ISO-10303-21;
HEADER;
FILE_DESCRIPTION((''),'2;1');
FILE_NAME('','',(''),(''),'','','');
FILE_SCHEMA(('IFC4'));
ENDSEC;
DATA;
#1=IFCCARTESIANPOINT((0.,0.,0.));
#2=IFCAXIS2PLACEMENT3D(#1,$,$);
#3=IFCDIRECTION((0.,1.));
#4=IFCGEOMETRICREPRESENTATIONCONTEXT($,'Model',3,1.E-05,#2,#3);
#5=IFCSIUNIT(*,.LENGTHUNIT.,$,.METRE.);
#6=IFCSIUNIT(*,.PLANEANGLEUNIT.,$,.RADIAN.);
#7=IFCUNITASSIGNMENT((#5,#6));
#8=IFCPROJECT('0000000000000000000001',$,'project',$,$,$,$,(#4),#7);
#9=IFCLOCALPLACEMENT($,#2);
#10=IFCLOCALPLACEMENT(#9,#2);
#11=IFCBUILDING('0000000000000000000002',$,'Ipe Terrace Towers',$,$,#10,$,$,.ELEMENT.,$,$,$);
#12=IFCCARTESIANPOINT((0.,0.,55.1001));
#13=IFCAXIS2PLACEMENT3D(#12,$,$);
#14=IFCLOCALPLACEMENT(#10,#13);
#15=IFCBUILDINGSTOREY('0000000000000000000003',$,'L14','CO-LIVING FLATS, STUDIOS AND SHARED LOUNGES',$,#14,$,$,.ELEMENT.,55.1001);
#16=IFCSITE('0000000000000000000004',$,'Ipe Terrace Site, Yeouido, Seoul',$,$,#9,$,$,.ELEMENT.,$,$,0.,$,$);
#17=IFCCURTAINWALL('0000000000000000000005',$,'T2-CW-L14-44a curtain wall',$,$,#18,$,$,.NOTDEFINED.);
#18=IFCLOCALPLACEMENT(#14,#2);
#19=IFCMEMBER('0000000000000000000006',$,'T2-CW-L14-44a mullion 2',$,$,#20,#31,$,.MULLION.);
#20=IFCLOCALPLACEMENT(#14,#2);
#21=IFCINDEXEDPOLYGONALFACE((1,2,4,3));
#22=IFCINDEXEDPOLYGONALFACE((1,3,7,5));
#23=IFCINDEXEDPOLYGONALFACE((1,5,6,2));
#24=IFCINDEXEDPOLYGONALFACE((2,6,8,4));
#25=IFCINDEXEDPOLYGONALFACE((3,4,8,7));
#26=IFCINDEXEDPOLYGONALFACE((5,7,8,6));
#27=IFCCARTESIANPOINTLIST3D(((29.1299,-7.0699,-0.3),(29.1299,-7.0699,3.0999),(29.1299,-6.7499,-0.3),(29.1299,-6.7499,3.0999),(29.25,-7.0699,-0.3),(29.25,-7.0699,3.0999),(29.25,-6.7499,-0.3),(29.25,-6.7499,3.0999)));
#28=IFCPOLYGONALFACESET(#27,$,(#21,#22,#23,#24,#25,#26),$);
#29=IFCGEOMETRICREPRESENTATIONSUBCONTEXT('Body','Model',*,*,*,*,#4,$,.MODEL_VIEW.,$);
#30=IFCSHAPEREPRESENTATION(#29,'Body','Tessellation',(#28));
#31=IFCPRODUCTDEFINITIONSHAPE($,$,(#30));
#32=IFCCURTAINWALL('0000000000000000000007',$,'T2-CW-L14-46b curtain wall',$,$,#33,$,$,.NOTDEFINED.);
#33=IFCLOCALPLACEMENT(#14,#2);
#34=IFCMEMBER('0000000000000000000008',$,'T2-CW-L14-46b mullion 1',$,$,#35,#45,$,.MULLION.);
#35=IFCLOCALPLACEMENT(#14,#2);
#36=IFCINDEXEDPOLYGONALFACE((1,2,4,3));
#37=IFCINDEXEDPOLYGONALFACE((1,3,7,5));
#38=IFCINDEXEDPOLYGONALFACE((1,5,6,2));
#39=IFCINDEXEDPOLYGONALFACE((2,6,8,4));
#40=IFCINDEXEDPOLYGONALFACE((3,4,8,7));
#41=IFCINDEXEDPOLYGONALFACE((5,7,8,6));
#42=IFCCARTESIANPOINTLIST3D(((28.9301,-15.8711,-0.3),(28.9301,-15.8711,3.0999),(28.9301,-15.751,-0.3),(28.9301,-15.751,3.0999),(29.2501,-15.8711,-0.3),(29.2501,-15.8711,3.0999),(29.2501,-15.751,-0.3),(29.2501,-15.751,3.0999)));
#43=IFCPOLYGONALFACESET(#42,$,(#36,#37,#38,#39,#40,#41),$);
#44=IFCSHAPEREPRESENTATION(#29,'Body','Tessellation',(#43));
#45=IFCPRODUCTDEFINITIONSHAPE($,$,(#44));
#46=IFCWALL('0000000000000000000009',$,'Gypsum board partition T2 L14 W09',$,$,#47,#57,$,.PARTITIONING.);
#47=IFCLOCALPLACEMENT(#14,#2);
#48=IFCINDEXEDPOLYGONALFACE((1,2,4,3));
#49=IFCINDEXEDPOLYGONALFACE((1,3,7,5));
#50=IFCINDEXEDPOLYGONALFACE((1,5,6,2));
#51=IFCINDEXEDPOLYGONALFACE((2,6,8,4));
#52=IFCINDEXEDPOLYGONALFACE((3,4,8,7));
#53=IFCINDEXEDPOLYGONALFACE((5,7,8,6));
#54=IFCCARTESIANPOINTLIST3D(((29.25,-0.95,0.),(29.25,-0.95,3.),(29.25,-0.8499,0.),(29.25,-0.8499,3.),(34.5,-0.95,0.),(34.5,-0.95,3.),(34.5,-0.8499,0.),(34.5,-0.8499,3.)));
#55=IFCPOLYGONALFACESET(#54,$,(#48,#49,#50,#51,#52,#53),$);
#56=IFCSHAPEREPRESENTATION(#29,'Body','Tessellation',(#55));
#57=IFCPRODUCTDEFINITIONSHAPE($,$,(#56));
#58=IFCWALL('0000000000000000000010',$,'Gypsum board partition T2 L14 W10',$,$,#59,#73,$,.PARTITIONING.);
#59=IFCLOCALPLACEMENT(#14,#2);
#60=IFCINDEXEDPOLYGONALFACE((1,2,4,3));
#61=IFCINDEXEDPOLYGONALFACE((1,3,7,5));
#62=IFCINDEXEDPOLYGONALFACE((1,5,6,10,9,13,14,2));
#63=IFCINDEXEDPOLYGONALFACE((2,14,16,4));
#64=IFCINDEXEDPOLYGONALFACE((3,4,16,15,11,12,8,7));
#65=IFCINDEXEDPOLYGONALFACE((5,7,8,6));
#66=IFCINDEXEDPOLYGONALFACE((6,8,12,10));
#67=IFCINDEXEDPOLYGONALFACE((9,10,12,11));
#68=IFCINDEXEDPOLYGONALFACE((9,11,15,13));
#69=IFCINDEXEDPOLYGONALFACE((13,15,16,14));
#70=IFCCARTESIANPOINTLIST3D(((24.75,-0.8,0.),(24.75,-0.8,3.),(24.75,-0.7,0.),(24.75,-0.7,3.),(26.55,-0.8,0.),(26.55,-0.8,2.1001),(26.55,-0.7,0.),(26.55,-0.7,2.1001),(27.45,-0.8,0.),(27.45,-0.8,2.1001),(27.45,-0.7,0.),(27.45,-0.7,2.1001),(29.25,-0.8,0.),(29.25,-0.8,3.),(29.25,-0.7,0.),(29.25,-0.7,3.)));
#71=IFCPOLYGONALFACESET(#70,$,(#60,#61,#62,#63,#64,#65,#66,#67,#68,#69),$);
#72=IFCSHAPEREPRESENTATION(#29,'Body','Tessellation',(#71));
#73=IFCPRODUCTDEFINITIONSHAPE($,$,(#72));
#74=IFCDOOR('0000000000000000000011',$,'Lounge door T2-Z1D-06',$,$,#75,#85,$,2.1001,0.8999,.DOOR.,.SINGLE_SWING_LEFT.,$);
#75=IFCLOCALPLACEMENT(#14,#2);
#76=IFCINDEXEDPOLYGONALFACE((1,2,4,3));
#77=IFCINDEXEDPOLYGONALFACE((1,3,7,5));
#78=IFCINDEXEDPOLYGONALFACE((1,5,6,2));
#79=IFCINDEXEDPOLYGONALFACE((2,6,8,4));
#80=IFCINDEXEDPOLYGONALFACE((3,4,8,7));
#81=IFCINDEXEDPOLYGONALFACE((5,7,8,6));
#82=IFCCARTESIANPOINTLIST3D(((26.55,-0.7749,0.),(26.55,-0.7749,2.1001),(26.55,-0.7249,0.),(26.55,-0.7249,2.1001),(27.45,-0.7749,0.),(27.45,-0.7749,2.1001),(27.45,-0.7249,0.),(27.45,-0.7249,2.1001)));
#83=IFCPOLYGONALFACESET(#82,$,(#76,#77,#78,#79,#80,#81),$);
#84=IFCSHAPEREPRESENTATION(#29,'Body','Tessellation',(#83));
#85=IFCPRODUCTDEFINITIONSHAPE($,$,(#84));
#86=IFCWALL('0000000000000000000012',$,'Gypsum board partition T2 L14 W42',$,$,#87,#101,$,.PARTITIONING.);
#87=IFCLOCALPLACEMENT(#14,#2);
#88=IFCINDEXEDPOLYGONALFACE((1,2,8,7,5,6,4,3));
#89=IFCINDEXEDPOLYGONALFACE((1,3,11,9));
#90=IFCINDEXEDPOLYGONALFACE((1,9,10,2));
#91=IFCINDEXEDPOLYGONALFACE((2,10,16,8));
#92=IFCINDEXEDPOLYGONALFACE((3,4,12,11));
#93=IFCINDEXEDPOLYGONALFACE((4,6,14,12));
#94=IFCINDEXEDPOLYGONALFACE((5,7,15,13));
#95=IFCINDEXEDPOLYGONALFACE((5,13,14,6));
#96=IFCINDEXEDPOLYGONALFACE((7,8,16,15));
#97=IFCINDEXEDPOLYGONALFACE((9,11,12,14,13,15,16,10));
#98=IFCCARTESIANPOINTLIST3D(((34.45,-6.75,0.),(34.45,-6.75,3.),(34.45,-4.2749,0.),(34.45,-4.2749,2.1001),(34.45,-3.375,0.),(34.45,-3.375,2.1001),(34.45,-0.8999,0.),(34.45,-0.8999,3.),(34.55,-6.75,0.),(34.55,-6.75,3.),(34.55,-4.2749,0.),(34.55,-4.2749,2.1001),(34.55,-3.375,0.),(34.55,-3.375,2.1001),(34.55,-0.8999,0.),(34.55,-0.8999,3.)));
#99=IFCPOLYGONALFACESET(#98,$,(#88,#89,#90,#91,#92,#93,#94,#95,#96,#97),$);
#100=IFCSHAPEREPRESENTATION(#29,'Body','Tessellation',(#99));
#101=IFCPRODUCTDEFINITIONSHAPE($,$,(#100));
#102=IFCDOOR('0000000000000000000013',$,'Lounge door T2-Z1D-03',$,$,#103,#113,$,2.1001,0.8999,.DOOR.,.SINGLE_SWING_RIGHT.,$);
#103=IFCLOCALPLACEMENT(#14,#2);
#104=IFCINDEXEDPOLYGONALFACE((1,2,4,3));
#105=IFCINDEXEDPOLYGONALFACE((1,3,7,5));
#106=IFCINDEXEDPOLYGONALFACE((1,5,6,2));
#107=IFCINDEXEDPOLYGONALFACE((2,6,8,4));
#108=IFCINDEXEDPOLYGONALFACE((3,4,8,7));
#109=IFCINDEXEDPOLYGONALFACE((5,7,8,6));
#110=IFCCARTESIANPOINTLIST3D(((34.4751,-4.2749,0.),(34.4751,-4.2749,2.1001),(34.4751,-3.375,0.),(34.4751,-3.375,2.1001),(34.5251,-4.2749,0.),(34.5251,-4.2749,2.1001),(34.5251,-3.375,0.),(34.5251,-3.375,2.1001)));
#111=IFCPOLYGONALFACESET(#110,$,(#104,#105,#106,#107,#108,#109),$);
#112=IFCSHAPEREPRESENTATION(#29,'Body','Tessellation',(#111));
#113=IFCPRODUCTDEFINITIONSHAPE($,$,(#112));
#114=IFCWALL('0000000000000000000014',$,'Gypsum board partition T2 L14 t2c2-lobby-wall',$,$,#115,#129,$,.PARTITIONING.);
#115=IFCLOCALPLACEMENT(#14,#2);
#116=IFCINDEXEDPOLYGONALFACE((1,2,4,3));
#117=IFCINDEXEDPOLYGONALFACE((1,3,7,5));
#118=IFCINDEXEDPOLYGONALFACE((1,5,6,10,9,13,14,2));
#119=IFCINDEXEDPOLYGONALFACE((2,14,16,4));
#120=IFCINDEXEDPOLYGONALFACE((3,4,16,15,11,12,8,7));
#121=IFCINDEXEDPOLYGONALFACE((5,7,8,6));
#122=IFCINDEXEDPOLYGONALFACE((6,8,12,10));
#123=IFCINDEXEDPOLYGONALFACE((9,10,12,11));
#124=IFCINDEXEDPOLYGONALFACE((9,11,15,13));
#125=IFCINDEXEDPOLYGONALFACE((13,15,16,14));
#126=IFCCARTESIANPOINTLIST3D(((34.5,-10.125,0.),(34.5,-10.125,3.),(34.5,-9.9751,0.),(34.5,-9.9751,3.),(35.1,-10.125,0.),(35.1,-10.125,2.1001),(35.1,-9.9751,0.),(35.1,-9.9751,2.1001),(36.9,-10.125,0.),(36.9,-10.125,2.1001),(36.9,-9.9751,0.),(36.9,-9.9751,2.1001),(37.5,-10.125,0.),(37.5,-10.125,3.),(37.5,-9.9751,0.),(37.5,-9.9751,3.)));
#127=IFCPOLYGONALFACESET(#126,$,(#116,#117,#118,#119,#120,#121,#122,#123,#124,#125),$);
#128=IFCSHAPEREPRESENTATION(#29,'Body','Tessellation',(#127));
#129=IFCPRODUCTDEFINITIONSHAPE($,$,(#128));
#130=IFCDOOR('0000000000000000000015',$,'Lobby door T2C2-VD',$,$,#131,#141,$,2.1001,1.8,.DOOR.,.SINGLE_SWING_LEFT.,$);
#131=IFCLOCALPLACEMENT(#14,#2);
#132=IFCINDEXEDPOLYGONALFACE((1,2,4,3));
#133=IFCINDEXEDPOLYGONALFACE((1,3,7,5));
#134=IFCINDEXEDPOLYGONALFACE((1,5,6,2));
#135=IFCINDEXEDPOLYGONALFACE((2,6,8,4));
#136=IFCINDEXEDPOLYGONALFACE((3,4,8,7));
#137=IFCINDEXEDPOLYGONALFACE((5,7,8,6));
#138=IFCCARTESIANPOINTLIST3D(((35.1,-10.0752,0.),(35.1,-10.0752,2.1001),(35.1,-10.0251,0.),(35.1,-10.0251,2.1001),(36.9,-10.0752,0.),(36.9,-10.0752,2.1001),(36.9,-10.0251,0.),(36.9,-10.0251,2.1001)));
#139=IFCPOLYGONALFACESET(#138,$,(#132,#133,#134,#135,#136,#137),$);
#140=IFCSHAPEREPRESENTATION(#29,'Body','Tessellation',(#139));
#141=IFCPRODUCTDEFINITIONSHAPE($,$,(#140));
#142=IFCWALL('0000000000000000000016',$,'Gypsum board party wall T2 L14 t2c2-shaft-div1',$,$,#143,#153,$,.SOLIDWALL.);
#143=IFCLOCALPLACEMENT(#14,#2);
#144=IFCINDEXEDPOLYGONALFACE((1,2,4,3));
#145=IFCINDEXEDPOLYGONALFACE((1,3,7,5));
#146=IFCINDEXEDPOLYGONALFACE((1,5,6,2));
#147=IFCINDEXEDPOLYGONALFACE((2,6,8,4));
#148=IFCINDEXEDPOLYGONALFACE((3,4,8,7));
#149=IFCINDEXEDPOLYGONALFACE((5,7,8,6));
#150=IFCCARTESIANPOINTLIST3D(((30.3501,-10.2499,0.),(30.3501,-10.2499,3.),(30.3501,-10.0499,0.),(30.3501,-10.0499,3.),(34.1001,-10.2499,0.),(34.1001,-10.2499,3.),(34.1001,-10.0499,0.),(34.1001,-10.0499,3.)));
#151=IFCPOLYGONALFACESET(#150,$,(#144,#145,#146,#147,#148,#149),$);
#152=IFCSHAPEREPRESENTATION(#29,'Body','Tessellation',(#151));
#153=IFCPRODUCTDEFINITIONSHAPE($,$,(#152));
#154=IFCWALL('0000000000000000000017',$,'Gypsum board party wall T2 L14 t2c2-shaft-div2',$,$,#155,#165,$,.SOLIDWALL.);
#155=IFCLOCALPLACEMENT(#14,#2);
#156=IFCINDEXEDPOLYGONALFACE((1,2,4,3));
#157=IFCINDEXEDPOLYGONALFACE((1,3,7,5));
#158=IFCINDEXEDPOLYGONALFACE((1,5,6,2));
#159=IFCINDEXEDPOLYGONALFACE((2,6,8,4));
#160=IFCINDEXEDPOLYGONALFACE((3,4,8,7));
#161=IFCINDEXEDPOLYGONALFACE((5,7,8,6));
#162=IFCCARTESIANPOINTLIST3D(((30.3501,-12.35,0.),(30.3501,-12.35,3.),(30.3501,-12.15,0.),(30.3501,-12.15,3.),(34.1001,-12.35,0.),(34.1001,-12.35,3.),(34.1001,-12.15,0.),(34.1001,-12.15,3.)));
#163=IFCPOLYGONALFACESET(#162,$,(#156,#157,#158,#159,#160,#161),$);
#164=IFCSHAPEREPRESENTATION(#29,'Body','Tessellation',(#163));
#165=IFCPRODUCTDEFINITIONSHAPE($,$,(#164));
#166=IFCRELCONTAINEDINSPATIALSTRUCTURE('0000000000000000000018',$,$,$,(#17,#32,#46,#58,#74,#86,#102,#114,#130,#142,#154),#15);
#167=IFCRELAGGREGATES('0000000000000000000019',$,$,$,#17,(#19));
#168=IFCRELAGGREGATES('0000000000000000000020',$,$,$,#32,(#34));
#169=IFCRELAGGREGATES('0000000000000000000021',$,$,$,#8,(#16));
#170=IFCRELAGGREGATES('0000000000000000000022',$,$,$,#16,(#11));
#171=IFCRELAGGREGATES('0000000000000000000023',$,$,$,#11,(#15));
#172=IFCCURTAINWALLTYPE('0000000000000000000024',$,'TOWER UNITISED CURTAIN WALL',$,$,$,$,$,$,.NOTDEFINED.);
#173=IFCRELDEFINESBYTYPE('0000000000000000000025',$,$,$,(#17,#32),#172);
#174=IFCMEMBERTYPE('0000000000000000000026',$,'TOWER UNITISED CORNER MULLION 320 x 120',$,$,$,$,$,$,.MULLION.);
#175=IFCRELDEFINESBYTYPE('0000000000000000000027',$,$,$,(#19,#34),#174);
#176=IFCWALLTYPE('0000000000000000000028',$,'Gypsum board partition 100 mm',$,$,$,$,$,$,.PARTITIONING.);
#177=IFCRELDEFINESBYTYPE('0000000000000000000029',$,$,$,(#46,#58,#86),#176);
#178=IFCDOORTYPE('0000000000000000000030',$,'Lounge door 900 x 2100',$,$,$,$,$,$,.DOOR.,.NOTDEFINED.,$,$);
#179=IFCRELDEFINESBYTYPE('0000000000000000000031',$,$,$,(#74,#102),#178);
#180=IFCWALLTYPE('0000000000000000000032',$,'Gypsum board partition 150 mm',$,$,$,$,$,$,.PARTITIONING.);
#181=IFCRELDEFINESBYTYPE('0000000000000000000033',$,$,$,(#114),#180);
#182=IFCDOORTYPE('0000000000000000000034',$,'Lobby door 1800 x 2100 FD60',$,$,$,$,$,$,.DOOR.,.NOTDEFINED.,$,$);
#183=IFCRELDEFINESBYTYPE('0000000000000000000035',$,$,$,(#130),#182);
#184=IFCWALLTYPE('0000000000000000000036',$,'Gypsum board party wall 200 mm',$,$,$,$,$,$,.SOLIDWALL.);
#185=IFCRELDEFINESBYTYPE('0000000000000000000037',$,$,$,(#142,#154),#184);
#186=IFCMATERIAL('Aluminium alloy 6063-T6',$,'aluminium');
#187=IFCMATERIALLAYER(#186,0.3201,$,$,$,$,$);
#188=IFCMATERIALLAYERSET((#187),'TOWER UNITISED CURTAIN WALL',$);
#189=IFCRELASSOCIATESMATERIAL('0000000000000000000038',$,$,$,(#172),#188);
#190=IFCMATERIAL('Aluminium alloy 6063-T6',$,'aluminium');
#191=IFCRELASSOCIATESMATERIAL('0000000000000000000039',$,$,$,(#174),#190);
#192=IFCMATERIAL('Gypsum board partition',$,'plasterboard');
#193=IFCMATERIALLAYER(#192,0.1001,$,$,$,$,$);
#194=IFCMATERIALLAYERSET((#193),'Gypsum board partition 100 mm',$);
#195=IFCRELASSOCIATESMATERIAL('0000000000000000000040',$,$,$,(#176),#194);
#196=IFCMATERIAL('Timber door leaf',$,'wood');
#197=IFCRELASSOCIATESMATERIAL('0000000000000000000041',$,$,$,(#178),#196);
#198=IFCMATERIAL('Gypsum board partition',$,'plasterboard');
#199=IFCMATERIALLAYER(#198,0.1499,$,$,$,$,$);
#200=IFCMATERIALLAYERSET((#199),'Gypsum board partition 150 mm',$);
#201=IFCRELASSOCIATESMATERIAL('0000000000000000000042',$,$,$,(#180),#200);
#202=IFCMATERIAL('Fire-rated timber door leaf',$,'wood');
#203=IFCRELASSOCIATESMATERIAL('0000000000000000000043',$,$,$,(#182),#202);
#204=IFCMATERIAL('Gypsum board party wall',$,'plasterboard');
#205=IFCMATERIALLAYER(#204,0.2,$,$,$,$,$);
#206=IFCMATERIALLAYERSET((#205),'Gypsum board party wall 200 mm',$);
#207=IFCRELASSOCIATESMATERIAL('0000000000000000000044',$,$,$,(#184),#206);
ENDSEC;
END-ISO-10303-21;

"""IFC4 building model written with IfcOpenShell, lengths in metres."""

from ifc_helpers import new_model, si_unit, direction, frame, frame_2d, origin, origin_2d, place, context, subcontext, project, spatial, rectangle, extrude, material, layer, layer_set, material_profile, profile_set, type_object, element, fill, aggregate, save


model = new_model("IFC4")

# Units and contexts
model_context = context("Model", 3, precision=1e-05, world=origin(), true_north=direction((0.0, 1.0)))
body_context = subcontext(model_context, "Body", "Model", "MODEL_VIEW")
ifc_project = project(units=[si_unit("LENGTHUNIT", "METRE"), si_unit("PLANEANGLEUNIT", "RADIAN")], contexts=[model_context])

# Site, building, storey
site_placement = place(None, origin())
site = spatial("IfcSite", under=ifc_project, at=site_placement, Name="Ipe Terrace Site, Yeouido, Seoul", CompositionType="ELEMENT", RefElevation=0.0)
building_placement = place(site_placement, origin())
building = spatial("IfcBuilding", under=site, at=building_placement, Name="Ipe Terrace Towers", CompositionType="ELEMENT")
storey_placement = place(building_placement, frame((0.0, 0.0, 55.1001)))
storey = spatial("IfcBuildingStorey", under=building, at=storey_placement, Name="L14", Description="CO-LIVING FLATS, STUDIOS AND SHARED LOUNGES", CompositionType="ELEMENT", Elevation=55.1001)

# Curtain walls, members
ifc_material_1 = material(Name="Aluminium alloy 6063-T6", Category="aluminium")
ifc_layer_1 = layer(ifc_material_1, 0.3201)
ifc_layer_set_1 = layer_set([ifc_layer_1], Name="TOWER UNITISED CURTAIN WALL")
curtain_wall_type = type_object("IfcCurtainWallType", Name="TOWER UNITISED CURTAIN WALL", PredefinedType="NOTDEFINED", material=ifc_layer_set_1)
curtain_wall_1_placement = place(storey_placement, origin())
curtain_wall_1 = element("IfcCurtainWall", 1, at=curtain_wall_1_placement, inside=storey, type_object=curtain_wall_type, Name="T2-CW-L14-44a curtain wall", PredefinedType="NOTDEFINED")
ifc_material_2 = material(Name="Aluminium alloy 6063-T6", Category="aluminium")
ifc_material_profile_1 = material_profile(ifc_material_2, rectangle(XDim=0.3201, YDim=0.1201, at=origin_2d()), Name="TOWER UNITISED CORNER MULLION 320 x 120")
ifc_profile_set_1 = profile_set([ifc_material_profile_1], Name="Aluminium alloy 6063-T6")
member_type = type_object("IfcMemberType", Name="TOWER UNITISED CORNER MULLION 320 x 120", PredefinedType="MULLION", material=ifc_profile_set_1)
member_1_placement = place(storey_placement, frame((29.1899, -6.9099, -0.3), z_axis=(0.0, 0.0, 1.0), x_axis=(0.0, -1.0, 0.0)))
member_1 = element("IfcMember", 2, at=member_1_placement, type_object=member_type, Name="T2-CW-L14-44a mullion 2", PredefinedType="MULLION", context=body_context, shape_type="SweptSolid", body=[
    extrude(rectangle(XDim=0.3201, YDim=0.1201, at=origin_2d()), origin(), (0.0, 0.0, 1.0), 3.3999),
])
aggregate(curtain_wall_1, [member_1])
curtain_wall_2_placement = place(storey_placement, origin())
curtain_wall_2 = element("IfcCurtainWall", 3, at=curtain_wall_2_placement, inside=storey, type_object=curtain_wall_type, Name="T2-CW-L14-46b curtain wall", PredefinedType="NOTDEFINED")
member_2_placement = place(storey_placement, frame((29.0901, -15.811, -0.3), z_axis=(0.0, 0.0, 1.0), x_axis=(-1.0, 0.0, 0.0)))
member_2 = element("IfcMember", 4, at=member_2_placement, type_object=member_type, Name="T2-CW-L14-46b mullion 1", PredefinedType="MULLION", context=body_context, shape_type="SweptSolid", body=[
    extrude(rectangle(XDim=0.3201, YDim=0.1201, at=origin_2d()), origin(), (0.0, 0.0, 1.0), 3.3999),
])
aggregate(curtain_wall_2, [member_2])

# Wall
ifc_material_3 = material(Name="Gypsum board partition", Category="plasterboard")
ifc_layer_2 = layer(ifc_material_3, 0.1001)
ifc_layer_set_2 = layer_set([ifc_layer_2], Name="Gypsum board partition 100 mm")
wall_type_1 = type_object("IfcWallType", Name="Gypsum board partition 100 mm", PredefinedType="PARTITIONING", material=ifc_layer_set_2)
wall_1_placement = place(storey_placement, frame((34.5, -0.8999, 0.0), z_axis=(0.0, 0.0, 1.0), x_axis=(-1.0, 0.0, 0.0)))
element("IfcWall", 5, at=wall_1_placement, inside=storey, type_object=wall_type_1, Name="Gypsum board partition T2 L14 W09", PredefinedType="PARTITIONING", context=body_context, shape_type="SweptSolid", body=[
    extrude(rectangle(XDim=5.25, YDim=0.1001, at=frame_2d((2.625, 0.0))), origin(), (0.0, 0.0, 1.0), 3.0),
])

# Walls, openings, doors
wall_2_placement = place(storey_placement, frame((29.25, -0.75, 0.0), z_axis=(0.0, 0.0, 1.0), x_axis=(-1.0, 0.0, 0.0)))
wall_2 = element("IfcWall", 6, at=wall_2_placement, inside=storey, type_object=wall_type_1, Name="Gypsum board partition T2 L14 W10", PredefinedType="PARTITIONING", context=body_context, shape_type="SweptSolid", body=[
    extrude(rectangle(XDim=4.5, YDim=0.1001, at=frame_2d((2.25, 0.0))), origin(), (0.0, 0.0, 1.0), 3.0),
])
opening_1_placement = place(wall_2_placement, frame((1.8, 0.0, 0.0)))
opening_1 = element("IfcOpeningElement", 7, at=opening_1_placement, cuts=wall_2, PredefinedType="OPENING", context=body_context, shape_type="SweptSolid", body=[
    extrude(rectangle(XDim=0.8999, YDim=2.1001, at=frame_2d((0.45, 1.05))), frame((0.0, 0.0601, 0.0), z_axis=(0.0, -1.0, 0.0), x_axis=(1.0, 0.0, 0.0)), (0.0, 0.0, 1.0), 0.1201),
])
ifc_material_4 = material(Name="Timber door leaf", Category="wood")
door_type_1 = type_object("IfcDoorType", Name="Lounge door 900 x 2100", OperationType="NOTDEFINED", PredefinedType="DOOR", material=ifc_material_4)
door_1_placement = place(opening_1_placement, origin())
door_1 = element("IfcDoor", 8, at=door_1_placement, inside=storey, type_object=door_type_1, Name="Lounge door T2-Z1D-06", OperationType="SINGLE_SWING_LEFT", OverallHeight=2.1001, OverallWidth=0.8999, PredefinedType="DOOR", context=body_context, shape_type="SweptSolid", body=[
    extrude(rectangle(XDim=0.8999, YDim=2.1001, at=frame_2d((0.45, 1.05))), frame((0.0, 0.0249, 0.0), z_axis=(0.0, -1.0, 0.0), x_axis=(1.0, 0.0, 0.0)), (0.0, 0.0, 1.0), 0.05),
])
fill(opening_1, door_1)
wall_3_placement = place(storey_placement, frame((34.5, -6.75, 0.0), z_axis=(0.0, 0.0, 1.0), x_axis=(0.0, 1.0, 0.0)))
wall_3 = element("IfcWall", 9, at=wall_3_placement, inside=storey, type_object=wall_type_1, Name="Gypsum board partition T2 L14 W42", PredefinedType="PARTITIONING", context=body_context, shape_type="SweptSolid", body=[
    extrude(rectangle(XDim=5.8501, YDim=0.1001, at=frame_2d((2.925, 0.0))), origin(), (0.0, 0.0, 1.0), 3.0),
])
opening_2_placement = place(wall_3_placement, frame((2.4751, 0.0, 0.0)))
opening_2 = element("IfcOpeningElement", 10, at=opening_2_placement, cuts=wall_3, PredefinedType="OPENING", context=body_context, shape_type="SweptSolid", body=[
    extrude(rectangle(XDim=0.8999, YDim=2.1001, at=frame_2d((0.45, 1.05))), frame((0.0, 0.0601, 0.0), z_axis=(0.0, -1.0, 0.0), x_axis=(1.0, 0.0, 0.0)), (0.0, 0.0, 1.0), 0.1201),
])
door_2_placement = place(opening_2_placement, origin())
door_2 = element("IfcDoor", 11, at=door_2_placement, inside=storey, type_object=door_type_1, Name="Lounge door T2-Z1D-03", OperationType="SINGLE_SWING_RIGHT", OverallHeight=2.1001, OverallWidth=0.8999, PredefinedType="DOOR", context=body_context, shape_type="SweptSolid", body=[
    extrude(rectangle(XDim=0.8999, YDim=2.1001, at=frame_2d((0.45, 1.05))), frame((0.0, 0.0249, 0.0), z_axis=(0.0, -1.0, 0.0), x_axis=(1.0, 0.0, 0.0)), (0.0, 0.0, 1.0), 0.05),
])
fill(opening_2, door_2)
ifc_material_5 = material(Name="Gypsum board partition", Category="plasterboard")
ifc_layer_3 = layer(ifc_material_5, 0.1499)
ifc_layer_set_3 = layer_set([ifc_layer_3], Name="Gypsum board partition 150 mm")
wall_type_2 = type_object("IfcWallType", Name="Gypsum board partition 150 mm", PredefinedType="PARTITIONING", material=ifc_layer_set_3)
wall_4_placement = place(storey_placement, frame((34.5, -10.05, 0.0), z_axis=(0.0, 0.0, 1.0), x_axis=(1.0, 0.0, 0.0)))
wall_4 = element("IfcWall", 12, at=wall_4_placement, inside=storey, type_object=wall_type_2, Name="Gypsum board partition T2 L14 t2c2-lobby-wall", PredefinedType="PARTITIONING", context=body_context, shape_type="SweptSolid", body=[
    extrude(rectangle(XDim=3.0, YDim=0.1499, at=frame_2d((1.5, 0.0))), origin(), (0.0, 0.0, 1.0), 3.0),
])
opening_3_placement = place(wall_4_placement, frame((0.6001, 0.0, 0.0)))
opening_3 = element("IfcOpeningElement", 13, at=opening_3_placement, cuts=wall_4, PredefinedType="OPENING", context=body_context, shape_type="SweptSolid", body=[
    extrude(rectangle(XDim=1.8, YDim=2.1001, at=frame_2d((0.8999, 1.05))), frame((0.0, 0.085, 0.0), z_axis=(0.0, -1.0, 0.0), x_axis=(1.0, 0.0, 0.0)), (0.0, 0.0, 1.0), 0.1699),
])
ifc_material_6 = material(Name="Fire-rated timber door leaf", Category="wood")
door_type_2 = type_object("IfcDoorType", Name="Lobby door 1800 x 2100 FD60", OperationType="NOTDEFINED", PredefinedType="DOOR", material=ifc_material_6)
door_3_placement = place(opening_3_placement, origin())
door_3 = element("IfcDoor", 14, at=door_3_placement, inside=storey, type_object=door_type_2, Name="Lobby door T2C2-VD", OperationType="SINGLE_SWING_LEFT", OverallHeight=2.1001, OverallWidth=1.8, PredefinedType="DOOR", context=body_context, shape_type="SweptSolid", body=[
    extrude(rectangle(XDim=1.8, YDim=2.1001, at=frame_2d((0.8999, 1.05))), frame((0.0, 0.0249, 0.0), z_axis=(0.0, -1.0, 0.0), x_axis=(1.0, 0.0, 0.0)), (0.0, 0.0, 1.0), 0.05),
])
fill(opening_3, door_3)

# Walls
ifc_material_7 = material(Name="Gypsum board party wall", Category="plasterboard")
ifc_layer_4 = layer(ifc_material_7, 0.2)
ifc_layer_set_4 = layer_set([ifc_layer_4], Name="Gypsum board party wall 200 mm")
wall_type_3 = type_object("IfcWallType", Name="Gypsum board party wall 200 mm", PredefinedType="SOLIDWALL", material=ifc_layer_set_4)
for number, where, z_axis, x_axis, name in (
    (15, (30.3501, -10.1499, 0.0), (0.0, 0.0, 1.0), (1.0, 0.0, 0.0), "Gypsum board party wall T2 L14 t2c2-shaft-div1"),
    (16, (30.3501, -12.25, 0.0), (0.0, 0.0, 1.0), (1.0, 0.0, 0.0), "Gypsum board party wall T2 L14 t2c2-shaft-div2"),
):
    element("IfcWall", number, at=place(storey_placement, frame(where, z_axis=z_axis, x_axis=x_axis)), inside=storey, type_object=wall_type_3, Name=name, PredefinedType="SOLIDWALL", context=body_context, shape_type="SweptSolid", body=[
        extrude(rectangle(XDim=3.75, YDim=0.2, at=frame_2d((1.875, 0.0))), origin(), (0.0, 0.0, 1.0), 3.0),
    ])

save(model, "model.ifc")
